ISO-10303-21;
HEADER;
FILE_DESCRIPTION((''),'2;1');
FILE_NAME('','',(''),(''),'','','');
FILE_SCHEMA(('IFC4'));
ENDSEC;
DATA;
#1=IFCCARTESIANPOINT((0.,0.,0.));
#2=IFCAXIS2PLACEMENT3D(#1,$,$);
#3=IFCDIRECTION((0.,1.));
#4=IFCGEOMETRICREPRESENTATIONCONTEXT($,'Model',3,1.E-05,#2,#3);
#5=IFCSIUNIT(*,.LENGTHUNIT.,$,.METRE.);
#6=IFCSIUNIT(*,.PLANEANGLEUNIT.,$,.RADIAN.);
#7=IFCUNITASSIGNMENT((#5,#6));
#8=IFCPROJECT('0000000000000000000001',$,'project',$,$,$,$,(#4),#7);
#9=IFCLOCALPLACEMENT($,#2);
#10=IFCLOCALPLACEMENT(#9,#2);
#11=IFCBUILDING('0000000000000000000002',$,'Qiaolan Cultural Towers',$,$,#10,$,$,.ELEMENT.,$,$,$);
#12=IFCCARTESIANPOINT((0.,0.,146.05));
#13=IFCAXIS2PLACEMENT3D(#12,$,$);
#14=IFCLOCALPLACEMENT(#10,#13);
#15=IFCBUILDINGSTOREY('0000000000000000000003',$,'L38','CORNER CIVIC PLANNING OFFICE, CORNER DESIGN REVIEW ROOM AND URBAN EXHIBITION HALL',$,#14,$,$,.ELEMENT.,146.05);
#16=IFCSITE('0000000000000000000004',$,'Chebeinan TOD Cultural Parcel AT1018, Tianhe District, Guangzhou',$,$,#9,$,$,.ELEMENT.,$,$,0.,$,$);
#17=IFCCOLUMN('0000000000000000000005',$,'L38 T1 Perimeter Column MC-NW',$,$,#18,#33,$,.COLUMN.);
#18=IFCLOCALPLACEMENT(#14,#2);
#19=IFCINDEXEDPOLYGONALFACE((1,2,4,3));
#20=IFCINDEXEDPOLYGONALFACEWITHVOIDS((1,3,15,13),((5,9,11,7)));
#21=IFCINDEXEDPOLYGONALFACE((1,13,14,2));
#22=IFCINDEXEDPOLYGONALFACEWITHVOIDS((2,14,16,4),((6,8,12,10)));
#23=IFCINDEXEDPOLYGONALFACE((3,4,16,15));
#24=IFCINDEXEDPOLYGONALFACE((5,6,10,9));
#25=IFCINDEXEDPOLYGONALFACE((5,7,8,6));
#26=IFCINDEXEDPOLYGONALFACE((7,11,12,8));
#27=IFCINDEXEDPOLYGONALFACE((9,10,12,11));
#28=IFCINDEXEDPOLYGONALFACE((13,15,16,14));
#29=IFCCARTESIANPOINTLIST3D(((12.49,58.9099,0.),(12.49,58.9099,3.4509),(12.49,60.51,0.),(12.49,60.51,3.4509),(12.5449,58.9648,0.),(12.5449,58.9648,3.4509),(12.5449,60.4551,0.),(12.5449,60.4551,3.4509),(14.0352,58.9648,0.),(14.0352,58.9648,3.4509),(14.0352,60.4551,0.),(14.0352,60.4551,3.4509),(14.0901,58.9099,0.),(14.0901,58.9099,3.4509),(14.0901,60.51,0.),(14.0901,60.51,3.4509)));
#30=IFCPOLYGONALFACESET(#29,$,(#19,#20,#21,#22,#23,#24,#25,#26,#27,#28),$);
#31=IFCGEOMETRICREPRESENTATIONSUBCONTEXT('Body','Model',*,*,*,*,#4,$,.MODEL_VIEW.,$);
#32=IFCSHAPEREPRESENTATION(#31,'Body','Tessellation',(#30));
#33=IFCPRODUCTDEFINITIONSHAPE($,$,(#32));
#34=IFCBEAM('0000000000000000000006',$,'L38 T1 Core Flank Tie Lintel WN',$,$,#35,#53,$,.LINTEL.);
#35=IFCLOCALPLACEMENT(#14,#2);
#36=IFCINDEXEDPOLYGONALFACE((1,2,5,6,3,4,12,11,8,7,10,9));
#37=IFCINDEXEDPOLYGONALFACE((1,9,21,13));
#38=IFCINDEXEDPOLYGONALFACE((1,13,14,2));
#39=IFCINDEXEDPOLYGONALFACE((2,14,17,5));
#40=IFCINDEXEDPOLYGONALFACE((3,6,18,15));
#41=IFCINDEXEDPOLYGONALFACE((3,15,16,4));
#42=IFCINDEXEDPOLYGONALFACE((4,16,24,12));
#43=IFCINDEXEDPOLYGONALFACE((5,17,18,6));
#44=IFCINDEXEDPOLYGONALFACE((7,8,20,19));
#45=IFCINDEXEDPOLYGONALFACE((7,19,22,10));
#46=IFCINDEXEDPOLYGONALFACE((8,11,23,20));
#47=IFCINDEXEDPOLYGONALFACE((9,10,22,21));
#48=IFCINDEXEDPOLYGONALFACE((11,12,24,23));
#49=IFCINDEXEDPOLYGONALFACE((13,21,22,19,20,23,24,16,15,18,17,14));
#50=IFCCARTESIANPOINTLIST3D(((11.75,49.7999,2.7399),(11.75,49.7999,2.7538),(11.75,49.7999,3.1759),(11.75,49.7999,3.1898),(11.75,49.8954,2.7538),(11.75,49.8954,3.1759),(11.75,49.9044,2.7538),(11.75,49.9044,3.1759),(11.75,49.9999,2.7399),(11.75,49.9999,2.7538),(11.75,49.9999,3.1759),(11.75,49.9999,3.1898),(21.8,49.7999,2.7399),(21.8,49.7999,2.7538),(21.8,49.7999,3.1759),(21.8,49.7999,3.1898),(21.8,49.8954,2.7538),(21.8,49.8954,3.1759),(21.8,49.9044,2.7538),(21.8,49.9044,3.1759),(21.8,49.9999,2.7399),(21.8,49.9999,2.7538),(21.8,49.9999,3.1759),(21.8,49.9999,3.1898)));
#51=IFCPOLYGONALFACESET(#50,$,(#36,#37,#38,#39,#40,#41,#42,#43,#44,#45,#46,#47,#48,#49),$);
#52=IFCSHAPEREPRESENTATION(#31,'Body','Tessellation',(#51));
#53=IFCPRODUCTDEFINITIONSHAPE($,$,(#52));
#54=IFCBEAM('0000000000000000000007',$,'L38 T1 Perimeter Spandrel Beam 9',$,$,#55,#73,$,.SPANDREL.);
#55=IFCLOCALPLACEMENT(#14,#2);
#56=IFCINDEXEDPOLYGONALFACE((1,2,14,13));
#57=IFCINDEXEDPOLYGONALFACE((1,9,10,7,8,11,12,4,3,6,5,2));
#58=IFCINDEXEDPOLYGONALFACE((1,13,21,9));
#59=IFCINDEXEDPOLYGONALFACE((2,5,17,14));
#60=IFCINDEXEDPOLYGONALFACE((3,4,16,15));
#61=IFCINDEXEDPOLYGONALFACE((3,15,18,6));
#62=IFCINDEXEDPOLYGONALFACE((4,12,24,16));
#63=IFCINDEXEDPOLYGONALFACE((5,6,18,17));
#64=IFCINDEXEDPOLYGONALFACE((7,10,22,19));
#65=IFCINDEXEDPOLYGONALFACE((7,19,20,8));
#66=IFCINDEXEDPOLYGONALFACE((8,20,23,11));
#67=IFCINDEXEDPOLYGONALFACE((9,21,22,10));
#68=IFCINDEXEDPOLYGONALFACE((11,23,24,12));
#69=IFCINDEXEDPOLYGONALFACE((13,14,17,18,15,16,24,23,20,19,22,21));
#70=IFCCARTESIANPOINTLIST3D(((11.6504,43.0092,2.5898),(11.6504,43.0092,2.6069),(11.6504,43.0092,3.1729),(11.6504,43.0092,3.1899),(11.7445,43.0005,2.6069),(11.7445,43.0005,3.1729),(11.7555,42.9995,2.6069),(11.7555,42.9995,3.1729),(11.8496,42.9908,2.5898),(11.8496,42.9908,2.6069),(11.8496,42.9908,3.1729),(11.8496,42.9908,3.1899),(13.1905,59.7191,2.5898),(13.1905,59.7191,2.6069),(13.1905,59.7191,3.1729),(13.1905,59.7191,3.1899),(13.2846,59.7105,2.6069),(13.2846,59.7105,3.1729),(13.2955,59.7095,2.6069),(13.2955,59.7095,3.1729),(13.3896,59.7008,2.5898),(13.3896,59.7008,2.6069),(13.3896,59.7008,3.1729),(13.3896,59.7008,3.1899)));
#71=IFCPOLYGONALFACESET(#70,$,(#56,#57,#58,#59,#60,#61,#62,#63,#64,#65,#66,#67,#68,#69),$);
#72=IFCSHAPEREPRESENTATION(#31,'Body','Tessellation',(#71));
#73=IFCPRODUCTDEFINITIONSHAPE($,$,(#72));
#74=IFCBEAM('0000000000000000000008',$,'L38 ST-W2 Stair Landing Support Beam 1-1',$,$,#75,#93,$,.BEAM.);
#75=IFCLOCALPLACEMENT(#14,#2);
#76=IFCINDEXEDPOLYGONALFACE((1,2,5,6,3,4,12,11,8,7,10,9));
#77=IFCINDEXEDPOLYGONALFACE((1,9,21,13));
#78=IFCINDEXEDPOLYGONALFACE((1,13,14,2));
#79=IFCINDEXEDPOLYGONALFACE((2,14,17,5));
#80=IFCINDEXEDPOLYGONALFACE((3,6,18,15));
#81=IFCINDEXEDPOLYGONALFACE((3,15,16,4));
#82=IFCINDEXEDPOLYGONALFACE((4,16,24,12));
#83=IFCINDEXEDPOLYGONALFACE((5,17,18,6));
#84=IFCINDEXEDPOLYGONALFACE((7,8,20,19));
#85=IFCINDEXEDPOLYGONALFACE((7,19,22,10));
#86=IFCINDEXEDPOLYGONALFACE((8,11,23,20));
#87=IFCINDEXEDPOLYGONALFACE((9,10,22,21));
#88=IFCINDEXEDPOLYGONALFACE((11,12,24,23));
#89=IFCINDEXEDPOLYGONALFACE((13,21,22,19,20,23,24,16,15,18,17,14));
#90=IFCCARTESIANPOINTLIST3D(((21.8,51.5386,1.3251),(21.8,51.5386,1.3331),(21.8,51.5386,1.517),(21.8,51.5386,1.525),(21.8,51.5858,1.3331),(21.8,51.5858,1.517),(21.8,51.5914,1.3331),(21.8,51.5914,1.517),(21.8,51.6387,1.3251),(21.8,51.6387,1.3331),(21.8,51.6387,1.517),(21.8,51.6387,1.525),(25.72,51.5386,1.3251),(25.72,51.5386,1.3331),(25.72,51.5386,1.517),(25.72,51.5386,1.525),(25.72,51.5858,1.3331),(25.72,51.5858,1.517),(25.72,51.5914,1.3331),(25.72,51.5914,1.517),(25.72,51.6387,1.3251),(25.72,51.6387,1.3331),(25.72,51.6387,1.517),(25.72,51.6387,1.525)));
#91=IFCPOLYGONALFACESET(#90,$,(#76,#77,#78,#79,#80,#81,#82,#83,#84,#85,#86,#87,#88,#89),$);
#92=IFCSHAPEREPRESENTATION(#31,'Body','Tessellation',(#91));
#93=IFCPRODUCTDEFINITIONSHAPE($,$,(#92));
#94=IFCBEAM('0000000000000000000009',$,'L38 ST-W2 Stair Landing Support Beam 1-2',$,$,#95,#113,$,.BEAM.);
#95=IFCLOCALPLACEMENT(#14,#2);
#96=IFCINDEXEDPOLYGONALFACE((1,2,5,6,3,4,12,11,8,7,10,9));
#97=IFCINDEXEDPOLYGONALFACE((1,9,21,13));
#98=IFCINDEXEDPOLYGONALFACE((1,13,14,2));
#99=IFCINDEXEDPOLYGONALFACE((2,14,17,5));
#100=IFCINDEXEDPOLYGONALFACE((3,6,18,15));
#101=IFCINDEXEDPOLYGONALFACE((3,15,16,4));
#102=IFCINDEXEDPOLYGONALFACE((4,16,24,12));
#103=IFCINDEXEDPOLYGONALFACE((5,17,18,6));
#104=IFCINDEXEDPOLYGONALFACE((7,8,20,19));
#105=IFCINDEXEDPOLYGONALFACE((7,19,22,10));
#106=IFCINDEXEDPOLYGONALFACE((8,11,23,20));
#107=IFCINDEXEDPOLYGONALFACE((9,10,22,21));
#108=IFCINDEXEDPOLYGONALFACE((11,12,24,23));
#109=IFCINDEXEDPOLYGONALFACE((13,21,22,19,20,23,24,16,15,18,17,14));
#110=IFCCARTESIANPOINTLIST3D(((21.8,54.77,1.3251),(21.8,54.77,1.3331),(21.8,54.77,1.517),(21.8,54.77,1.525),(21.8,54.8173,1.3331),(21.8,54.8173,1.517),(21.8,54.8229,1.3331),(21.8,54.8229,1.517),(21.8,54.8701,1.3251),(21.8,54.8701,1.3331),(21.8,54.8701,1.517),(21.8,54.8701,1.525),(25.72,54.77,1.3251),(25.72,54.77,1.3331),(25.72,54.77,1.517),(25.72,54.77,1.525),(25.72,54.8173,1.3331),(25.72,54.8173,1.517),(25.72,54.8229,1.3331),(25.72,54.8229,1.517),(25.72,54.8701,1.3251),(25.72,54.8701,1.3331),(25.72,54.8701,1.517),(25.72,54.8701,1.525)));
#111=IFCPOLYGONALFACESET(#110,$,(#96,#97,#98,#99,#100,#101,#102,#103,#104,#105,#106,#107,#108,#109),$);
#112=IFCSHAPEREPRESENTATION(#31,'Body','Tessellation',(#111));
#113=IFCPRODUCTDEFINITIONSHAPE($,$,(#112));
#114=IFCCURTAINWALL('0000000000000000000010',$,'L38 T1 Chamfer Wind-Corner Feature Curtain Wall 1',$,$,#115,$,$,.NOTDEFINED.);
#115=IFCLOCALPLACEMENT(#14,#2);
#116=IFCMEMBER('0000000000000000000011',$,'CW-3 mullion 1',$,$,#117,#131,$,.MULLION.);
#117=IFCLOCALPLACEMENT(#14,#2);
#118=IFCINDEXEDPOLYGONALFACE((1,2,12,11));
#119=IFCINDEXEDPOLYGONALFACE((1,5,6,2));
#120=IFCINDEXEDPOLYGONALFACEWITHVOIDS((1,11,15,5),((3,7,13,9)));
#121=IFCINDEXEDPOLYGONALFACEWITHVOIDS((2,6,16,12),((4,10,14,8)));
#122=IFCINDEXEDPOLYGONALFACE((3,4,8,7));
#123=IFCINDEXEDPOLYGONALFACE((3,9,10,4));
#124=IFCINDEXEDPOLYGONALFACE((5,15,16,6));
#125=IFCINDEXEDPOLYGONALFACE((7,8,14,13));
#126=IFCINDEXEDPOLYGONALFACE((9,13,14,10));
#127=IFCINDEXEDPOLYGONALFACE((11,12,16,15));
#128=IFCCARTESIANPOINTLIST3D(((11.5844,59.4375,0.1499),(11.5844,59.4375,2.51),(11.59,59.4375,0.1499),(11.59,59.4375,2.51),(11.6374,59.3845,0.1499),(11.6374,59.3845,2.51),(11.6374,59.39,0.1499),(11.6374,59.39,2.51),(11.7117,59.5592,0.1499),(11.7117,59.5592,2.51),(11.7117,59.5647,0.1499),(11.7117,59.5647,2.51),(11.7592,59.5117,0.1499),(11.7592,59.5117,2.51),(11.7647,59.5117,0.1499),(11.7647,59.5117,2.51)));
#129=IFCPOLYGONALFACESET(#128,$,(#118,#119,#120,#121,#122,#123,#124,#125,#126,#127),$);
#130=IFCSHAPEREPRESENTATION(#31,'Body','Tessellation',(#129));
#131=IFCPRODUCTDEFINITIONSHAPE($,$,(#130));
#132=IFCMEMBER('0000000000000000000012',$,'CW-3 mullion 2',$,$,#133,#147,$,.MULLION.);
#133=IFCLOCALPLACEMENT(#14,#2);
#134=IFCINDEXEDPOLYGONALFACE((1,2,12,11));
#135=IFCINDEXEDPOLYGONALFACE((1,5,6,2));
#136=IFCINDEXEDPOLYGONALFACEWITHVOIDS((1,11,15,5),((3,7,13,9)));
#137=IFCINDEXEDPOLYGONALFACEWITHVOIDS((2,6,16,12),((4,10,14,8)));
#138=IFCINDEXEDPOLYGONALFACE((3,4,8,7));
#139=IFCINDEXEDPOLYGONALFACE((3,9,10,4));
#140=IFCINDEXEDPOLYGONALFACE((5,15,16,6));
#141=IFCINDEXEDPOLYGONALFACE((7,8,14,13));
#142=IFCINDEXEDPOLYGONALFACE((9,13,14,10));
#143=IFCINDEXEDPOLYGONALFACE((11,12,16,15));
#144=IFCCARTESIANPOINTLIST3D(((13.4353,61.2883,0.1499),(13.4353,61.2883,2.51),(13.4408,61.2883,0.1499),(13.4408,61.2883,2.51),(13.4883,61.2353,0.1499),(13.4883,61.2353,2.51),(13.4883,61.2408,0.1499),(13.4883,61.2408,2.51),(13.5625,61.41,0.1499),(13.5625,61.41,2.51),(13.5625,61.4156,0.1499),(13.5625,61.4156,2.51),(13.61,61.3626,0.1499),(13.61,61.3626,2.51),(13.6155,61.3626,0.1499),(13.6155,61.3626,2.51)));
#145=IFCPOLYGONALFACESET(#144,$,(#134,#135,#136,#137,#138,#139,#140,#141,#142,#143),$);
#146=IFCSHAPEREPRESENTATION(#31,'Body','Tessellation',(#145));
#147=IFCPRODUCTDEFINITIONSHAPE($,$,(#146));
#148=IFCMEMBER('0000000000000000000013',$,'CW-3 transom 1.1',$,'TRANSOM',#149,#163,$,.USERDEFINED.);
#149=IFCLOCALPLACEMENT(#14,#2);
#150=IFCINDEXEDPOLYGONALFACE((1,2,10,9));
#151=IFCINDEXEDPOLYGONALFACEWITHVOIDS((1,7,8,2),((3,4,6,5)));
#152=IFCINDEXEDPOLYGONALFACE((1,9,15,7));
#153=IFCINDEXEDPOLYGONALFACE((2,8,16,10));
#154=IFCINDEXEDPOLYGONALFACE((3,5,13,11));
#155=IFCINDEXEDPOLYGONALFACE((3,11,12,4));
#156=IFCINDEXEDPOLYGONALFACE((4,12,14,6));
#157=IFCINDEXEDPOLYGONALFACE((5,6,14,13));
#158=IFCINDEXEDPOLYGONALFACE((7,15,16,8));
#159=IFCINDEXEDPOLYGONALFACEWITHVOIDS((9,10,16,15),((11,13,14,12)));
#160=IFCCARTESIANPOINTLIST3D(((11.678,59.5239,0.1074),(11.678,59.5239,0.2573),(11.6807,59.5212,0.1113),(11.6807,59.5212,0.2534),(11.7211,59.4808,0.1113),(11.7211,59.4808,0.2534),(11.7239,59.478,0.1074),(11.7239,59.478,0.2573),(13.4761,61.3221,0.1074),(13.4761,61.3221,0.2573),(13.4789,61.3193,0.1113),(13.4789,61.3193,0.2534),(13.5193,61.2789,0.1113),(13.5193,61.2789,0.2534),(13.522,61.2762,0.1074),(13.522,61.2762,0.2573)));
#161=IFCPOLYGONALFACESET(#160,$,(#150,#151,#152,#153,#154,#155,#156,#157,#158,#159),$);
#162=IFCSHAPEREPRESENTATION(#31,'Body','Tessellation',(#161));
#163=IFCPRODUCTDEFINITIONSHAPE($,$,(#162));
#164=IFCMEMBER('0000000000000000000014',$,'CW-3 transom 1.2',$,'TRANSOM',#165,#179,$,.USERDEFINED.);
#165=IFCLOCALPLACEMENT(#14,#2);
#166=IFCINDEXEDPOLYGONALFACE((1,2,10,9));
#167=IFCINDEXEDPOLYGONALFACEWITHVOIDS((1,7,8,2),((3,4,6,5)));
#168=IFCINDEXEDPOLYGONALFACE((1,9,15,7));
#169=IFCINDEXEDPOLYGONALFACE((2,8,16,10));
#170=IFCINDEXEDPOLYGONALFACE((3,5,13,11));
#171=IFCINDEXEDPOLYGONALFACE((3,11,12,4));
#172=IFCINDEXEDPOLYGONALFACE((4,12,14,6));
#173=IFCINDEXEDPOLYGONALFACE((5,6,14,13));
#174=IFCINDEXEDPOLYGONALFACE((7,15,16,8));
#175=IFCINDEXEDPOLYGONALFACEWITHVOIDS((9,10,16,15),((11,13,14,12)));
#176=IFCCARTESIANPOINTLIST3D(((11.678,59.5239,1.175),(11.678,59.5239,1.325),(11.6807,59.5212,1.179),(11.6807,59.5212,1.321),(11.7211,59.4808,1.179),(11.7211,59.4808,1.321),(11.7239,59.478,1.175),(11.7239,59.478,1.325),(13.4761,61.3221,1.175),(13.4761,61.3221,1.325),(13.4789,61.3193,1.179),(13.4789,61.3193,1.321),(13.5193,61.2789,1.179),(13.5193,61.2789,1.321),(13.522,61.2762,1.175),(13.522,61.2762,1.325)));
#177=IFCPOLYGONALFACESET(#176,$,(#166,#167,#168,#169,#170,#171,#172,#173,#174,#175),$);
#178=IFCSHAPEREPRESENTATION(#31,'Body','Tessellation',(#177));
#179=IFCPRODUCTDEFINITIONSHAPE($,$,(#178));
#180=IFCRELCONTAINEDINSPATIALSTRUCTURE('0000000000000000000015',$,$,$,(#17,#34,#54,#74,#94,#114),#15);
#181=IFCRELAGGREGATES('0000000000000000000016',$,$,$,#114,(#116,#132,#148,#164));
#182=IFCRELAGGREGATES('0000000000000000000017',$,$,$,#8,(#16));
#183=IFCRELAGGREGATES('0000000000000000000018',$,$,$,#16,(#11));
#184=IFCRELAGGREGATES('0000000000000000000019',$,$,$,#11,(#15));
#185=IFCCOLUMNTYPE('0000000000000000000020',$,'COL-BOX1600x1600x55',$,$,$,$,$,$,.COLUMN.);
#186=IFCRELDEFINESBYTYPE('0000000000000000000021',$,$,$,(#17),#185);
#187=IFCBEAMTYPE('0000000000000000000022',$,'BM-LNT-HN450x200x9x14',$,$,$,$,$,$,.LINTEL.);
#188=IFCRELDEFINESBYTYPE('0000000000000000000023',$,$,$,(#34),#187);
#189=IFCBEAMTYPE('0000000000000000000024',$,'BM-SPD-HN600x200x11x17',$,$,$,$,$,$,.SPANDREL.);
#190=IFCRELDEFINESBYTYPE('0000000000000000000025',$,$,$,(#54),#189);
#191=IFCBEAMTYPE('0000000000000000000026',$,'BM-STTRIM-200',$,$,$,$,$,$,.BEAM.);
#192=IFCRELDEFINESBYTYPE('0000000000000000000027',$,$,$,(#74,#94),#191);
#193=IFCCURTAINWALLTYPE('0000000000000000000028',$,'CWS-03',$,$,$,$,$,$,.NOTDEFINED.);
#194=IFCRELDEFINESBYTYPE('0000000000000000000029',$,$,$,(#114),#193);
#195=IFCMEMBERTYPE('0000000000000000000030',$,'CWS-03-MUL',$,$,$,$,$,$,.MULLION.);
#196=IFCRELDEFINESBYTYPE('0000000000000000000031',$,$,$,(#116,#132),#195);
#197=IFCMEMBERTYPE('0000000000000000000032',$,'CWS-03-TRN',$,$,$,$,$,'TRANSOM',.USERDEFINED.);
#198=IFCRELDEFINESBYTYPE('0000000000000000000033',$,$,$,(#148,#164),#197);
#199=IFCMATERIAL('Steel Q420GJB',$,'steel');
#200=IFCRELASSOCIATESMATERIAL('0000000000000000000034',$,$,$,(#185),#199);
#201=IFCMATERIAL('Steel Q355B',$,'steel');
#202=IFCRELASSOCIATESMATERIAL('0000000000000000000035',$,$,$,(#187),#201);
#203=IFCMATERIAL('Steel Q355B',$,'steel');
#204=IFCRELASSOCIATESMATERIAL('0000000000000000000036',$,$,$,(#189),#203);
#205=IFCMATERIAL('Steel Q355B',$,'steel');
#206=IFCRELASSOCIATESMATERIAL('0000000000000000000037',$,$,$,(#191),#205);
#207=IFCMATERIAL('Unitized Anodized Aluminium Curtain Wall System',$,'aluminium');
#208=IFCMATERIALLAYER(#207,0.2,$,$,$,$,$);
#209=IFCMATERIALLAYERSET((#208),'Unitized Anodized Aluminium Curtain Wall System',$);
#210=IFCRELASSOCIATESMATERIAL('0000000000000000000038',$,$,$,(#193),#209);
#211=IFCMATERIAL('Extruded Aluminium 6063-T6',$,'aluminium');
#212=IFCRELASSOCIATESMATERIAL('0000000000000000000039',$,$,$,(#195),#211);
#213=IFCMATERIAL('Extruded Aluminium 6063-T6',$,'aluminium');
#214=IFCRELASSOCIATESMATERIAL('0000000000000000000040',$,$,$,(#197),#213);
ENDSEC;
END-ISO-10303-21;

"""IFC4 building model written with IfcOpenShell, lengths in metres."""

from ifc_helpers import new_model, si_unit, direction, frame, origin, origin_2d, place, context, subcontext, project, spatial, hollow_rectangle, i_section, extrude, material, layer, layer_set, material_profile, profile_set, type_object, element, aggregate, save


model = new_model("IFC4")

# Units and contexts
model_context = context("Model", 3, precision=1e-05, world=origin(), true_north=direction((0.0, 1.0)))
body_context = subcontext(model_context, "Body", "Model", "MODEL_VIEW")
ifc_project = project(units=[si_unit("LENGTHUNIT", "METRE"), si_unit("PLANEANGLEUNIT", "RADIAN")], contexts=[model_context])

# Site, building, storey
site_placement = place(None, origin())
site = spatial("IfcSite", under=ifc_project, at=site_placement, Name="Chebeinan TOD Cultural Parcel AT1018, Tianhe District, Guangzhou", CompositionType="ELEMENT", RefElevation=0.0)
building_placement = place(site_placement, origin())
building = spatial("IfcBuilding", under=site, at=building_placement, Name="Qiaolan Cultural Towers", CompositionType="ELEMENT")
storey_placement = place(building_placement, frame((0.0, 0.0, 146.05)))
storey = spatial("IfcBuildingStorey", under=building, at=storey_placement, Name="L38", Description="CORNER CIVIC PLANNING OFFICE, CORNER DESIGN REVIEW ROOM AND URBAN EXHIBITION HALL", CompositionType="ELEMENT", Elevation=146.05)

# Column
ifc_material_1 = material(Name="Steel Q420GJB", Category="steel")
ifc_material_profile_1 = material_profile(ifc_material_1, hollow_rectangle(XDim=1.6001, YDim=1.6001, WallThickness=0.0549, at=origin_2d()), Name="BOX1600x1600x55")
ifc_profile_set_1 = profile_set([ifc_material_profile_1], Name="Steel Q420GJB")
column_type = type_object("IfcColumnType", Name="COL-BOX1600x1600x55", PredefinedType="COLUMN", material=ifc_profile_set_1)
column_placement = place(storey_placement, frame((13.29, 59.71, 0.0), z_axis=(0.0, 0.0, 1.0), x_axis=(1.0, 0.0, 0.0)))
element("IfcColumn", 1, at=column_placement, inside=storey, type_object=column_type, Name="L38 T1 Perimeter Column MC-NW", PredefinedType="COLUMN", context=body_context, shape_type="SweptSolid", body=[
    extrude(hollow_rectangle(XDim=1.6001, YDim=1.6001, WallThickness=0.0549, at=origin_2d()), origin(), (0.0, 0.0, 1.0), 3.4509),
])

# Beams
ifc_material_2 = material(Name="Steel Q355B", Category="steel")
ifc_material_profile_2 = material_profile(ifc_material_2, i_section(OverallWidth=0.2, OverallDepth=0.45, WebThickness=0.009, FlangeThickness=0.0139, at=origin_2d()), Name="HN450x200x9x14")
ifc_profile_set_2 = profile_set([ifc_material_profile_2], Name="Steel Q355B")
beam_type_1 = type_object("IfcBeamType", Name="BM-LNT-HN450x200x9x14", PredefinedType="LINTEL", material=ifc_profile_set_2)
beam_1_placement = place(storey_placement, frame((21.8, 49.8999, 2.9648), z_axis=(-1.0, 0.0, 0.0), x_axis=(0.0, -1.0, 0.0)))
element("IfcBeam", 2, at=beam_1_placement, inside=storey, type_object=beam_type_1, Name="L38 T1 Core Flank Tie Lintel WN", PredefinedType="LINTEL", context=body_context, shape_type="SweptSolid", body=[
    extrude(i_section(OverallWidth=0.2, OverallDepth=0.45, WebThickness=0.009, FlangeThickness=0.0139, at=origin_2d()), origin(), (0.0, 0.0, 1.0), 10.05),
])
ifc_material_3 = material(Name="Steel Q355B", Category="steel")
ifc_material_profile_3 = material_profile(ifc_material_3, i_section(OverallWidth=0.2, OverallDepth=0.6001, WebThickness=0.011, FlangeThickness=0.0171, at=origin_2d()), Name="HN600x200x11x17")
ifc_profile_set_3 = profile_set([ifc_material_profile_3], Name="Steel Q355B")
beam_type_2 = type_object("IfcBeamType", Name="BM-SPD-HN600x200x11x17", PredefinedType="SPANDREL", material=ifc_profile_set_3)
beam_2_placement = place(storey_placement, frame((13.29, 59.71, 2.8899), z_axis=(-0.091774, -0.99578, 0.0), x_axis=(0.99578, -0.091774, 0.0)))
element("IfcBeam", 3, at=beam_2_placement, inside=storey, type_object=beam_type_2, Name="L38 T1 Perimeter Spandrel Beam 9", PredefinedType="SPANDREL", context=body_context, shape_type="SweptSolid", body=[
    extrude(i_section(OverallWidth=0.2, OverallDepth=0.6001, WebThickness=0.011, FlangeThickness=0.0171, at=origin_2d()), origin(), (0.0, 0.0, 1.0), 16.7808),
])
ifc_material_4 = material(Name="Steel Q355B", Category="steel")
ifc_material_profile_4 = material_profile(ifc_material_4, i_section(OverallWidth=0.1001, OverallDepth=0.2, WebThickness=0.0056, FlangeThickness=0.0081, at=origin_2d()), Name="HN200x100x5.5x8")
ifc_profile_set_4 = profile_set([ifc_material_profile_4], Name="Steel Q355B")
beam_type_3 = type_object("IfcBeamType", Name="BM-STTRIM-200", PredefinedType="BEAM", material=ifc_profile_set_4)
for number, where, z_axis, x_axis, name in (
    (4, (21.8, 51.5886, 1.425), (1.0, 0.0, 0.0), (0.0, 1.0, 0.0), "L38 ST-W2 Stair Landing Support Beam 1-1"),
    (5, (21.8, 54.8201, 1.425), (1.0, 0.0, 0.0), (0.0, 1.0, 0.0), "L38 ST-W2 Stair Landing Support Beam 1-2"),
):
    element("IfcBeam", number, at=place(storey_placement, frame(where, z_axis=z_axis, x_axis=x_axis)), inside=storey, type_object=beam_type_3, Name=name, PredefinedType="BEAM", context=body_context, shape_type="SweptSolid", body=[
        extrude(i_section(OverallWidth=0.1001, OverallDepth=0.2, WebThickness=0.0056, FlangeThickness=0.0081, at=origin_2d()), origin(), (0.0, 0.0, 1.0), 3.9199),
    ])

# Curtain wall, members
ifc_material_5 = material(Name="Unitized Anodized Aluminium Curtain Wall System", Category="aluminium")
ifc_layer_1 = layer(ifc_material_5, 0.2)
ifc_layer_set_1 = layer_set([ifc_layer_1], Name="Unitized Anodized Aluminium Curtain Wall System")
curtain_wall_type = type_object("IfcCurtainWallType", Name="CWS-03", PredefinedType="NOTDEFINED", material=ifc_layer_set_1)
curtain_wall_placement = place(storey_placement, origin())
curtain_wall = element("IfcCurtainWall", 6, at=curtain_wall_placement, inside=storey, type_object=curtain_wall_type, Name="L38 T1 Chamfer Wind-Corner Feature Curtain Wall 1", PredefinedType="NOTDEFINED")
ifc_material_6 = material(Name="Extruded Aluminium 6063-T6", Category="aluminium")
ifc_material_profile_5 = material_profile(ifc_material_6, hollow_rectangle(XDim=0.075, YDim=0.1799, WallThickness=0.0039, at=origin_2d()), Name="CWM-180x75x4")
ifc_profile_set_5 = profile_set([ifc_material_profile_5], Name="Extruded Aluminium 6063-T6")
member_type_1 = type_object("IfcMemberType", Name="CWS-03-MUL", PredefinedType="MULLION", material=ifc_profile_set_5)
member_1_placement = place(storey_placement, frame((11.6746, 59.4746, 0.1499), z_axis=(0.0, 0.0, 1.0), x_axis=(-0.707107, 0.707107, 0.0)))
member_1 = element("IfcMember", 7, at=member_1_placement, type_object=member_type_1, Name="CW-3 mullion 1", PredefinedType="MULLION", context=body_context, shape_type="SweptSolid", body=[
    extrude(hollow_rectangle(XDim=0.075, YDim=0.1799, WallThickness=0.0039, at=origin_2d()), origin(), (0.0, 0.0, 1.0), 2.3601),
])
member_2_placement = place(storey_placement, frame((13.5254, 61.3254, 0.1499), z_axis=(0.0, 0.0, 1.0), x_axis=(-0.707107, 0.707107, 0.0)))
member_2 = element("IfcMember", 8, at=member_2_placement, type_object=member_type_1, Name="CW-3 mullion 2", PredefinedType="MULLION", context=body_context, shape_type="SweptSolid", body=[
    extrude(hollow_rectangle(XDim=0.075, YDim=0.1799, WallThickness=0.0039, at=origin_2d()), origin(), (0.0, 0.0, 1.0), 2.3601),
])
ifc_material_7 = material(Name="Extruded Aluminium 6063-T6", Category="aluminium")
ifc_material_profile_6 = material_profile(ifc_material_7, hollow_rectangle(XDim=0.0649, YDim=0.1499, WallThickness=0.0039, at=origin_2d()), Name="CWT-150x65x4")
ifc_profile_set_6 = profile_set([ifc_material_profile_6], Name="Extruded Aluminium 6063-T6")
member_type_2 = type_object("IfcMemberType", Name="CWS-03-TRN", ElementType="TRANSOM", PredefinedType="USERDEFINED", material=ifc_profile_set_6)
member_3_placement = place(storey_placement, frame((11.7009, 59.501, 0.1824), z_axis=(0.707107, 0.707107, 0.0), x_axis=(-0.707107, 0.707107, 0.0)))
member_3 = element("IfcMember", 9, at=member_3_placement, type_object=member_type_2, Name="CW-3 transom 1.1", ObjectType="TRANSOM", PredefinedType="USERDEFINED", context=body_context, shape_type="SweptSolid", body=[
    extrude(hollow_rectangle(XDim=0.0649, YDim=0.1499, WallThickness=0.0039, at=origin_2d()), origin(), (0.0, 0.0, 1.0), 2.543),
])
member_4_placement = place(storey_placement, frame((11.7009, 59.501, 1.25), z_axis=(0.707107, 0.707107, 0.0), x_axis=(-0.707107, 0.707107, 0.0)))
member_4 = element("IfcMember", 10, at=member_4_placement, type_object=member_type_2, Name="CW-3 transom 1.2", ObjectType="TRANSOM", PredefinedType="USERDEFINED", context=body_context, shape_type="SweptSolid", body=[
    extrude(hollow_rectangle(XDim=0.0649, YDim=0.1499, WallThickness=0.0039, at=origin_2d()), origin(), (0.0, 0.0, 1.0), 2.543),
])
aggregate(curtain_wall, [member_1, member_2, member_3, member_4])

save(model, "model.ifc")
